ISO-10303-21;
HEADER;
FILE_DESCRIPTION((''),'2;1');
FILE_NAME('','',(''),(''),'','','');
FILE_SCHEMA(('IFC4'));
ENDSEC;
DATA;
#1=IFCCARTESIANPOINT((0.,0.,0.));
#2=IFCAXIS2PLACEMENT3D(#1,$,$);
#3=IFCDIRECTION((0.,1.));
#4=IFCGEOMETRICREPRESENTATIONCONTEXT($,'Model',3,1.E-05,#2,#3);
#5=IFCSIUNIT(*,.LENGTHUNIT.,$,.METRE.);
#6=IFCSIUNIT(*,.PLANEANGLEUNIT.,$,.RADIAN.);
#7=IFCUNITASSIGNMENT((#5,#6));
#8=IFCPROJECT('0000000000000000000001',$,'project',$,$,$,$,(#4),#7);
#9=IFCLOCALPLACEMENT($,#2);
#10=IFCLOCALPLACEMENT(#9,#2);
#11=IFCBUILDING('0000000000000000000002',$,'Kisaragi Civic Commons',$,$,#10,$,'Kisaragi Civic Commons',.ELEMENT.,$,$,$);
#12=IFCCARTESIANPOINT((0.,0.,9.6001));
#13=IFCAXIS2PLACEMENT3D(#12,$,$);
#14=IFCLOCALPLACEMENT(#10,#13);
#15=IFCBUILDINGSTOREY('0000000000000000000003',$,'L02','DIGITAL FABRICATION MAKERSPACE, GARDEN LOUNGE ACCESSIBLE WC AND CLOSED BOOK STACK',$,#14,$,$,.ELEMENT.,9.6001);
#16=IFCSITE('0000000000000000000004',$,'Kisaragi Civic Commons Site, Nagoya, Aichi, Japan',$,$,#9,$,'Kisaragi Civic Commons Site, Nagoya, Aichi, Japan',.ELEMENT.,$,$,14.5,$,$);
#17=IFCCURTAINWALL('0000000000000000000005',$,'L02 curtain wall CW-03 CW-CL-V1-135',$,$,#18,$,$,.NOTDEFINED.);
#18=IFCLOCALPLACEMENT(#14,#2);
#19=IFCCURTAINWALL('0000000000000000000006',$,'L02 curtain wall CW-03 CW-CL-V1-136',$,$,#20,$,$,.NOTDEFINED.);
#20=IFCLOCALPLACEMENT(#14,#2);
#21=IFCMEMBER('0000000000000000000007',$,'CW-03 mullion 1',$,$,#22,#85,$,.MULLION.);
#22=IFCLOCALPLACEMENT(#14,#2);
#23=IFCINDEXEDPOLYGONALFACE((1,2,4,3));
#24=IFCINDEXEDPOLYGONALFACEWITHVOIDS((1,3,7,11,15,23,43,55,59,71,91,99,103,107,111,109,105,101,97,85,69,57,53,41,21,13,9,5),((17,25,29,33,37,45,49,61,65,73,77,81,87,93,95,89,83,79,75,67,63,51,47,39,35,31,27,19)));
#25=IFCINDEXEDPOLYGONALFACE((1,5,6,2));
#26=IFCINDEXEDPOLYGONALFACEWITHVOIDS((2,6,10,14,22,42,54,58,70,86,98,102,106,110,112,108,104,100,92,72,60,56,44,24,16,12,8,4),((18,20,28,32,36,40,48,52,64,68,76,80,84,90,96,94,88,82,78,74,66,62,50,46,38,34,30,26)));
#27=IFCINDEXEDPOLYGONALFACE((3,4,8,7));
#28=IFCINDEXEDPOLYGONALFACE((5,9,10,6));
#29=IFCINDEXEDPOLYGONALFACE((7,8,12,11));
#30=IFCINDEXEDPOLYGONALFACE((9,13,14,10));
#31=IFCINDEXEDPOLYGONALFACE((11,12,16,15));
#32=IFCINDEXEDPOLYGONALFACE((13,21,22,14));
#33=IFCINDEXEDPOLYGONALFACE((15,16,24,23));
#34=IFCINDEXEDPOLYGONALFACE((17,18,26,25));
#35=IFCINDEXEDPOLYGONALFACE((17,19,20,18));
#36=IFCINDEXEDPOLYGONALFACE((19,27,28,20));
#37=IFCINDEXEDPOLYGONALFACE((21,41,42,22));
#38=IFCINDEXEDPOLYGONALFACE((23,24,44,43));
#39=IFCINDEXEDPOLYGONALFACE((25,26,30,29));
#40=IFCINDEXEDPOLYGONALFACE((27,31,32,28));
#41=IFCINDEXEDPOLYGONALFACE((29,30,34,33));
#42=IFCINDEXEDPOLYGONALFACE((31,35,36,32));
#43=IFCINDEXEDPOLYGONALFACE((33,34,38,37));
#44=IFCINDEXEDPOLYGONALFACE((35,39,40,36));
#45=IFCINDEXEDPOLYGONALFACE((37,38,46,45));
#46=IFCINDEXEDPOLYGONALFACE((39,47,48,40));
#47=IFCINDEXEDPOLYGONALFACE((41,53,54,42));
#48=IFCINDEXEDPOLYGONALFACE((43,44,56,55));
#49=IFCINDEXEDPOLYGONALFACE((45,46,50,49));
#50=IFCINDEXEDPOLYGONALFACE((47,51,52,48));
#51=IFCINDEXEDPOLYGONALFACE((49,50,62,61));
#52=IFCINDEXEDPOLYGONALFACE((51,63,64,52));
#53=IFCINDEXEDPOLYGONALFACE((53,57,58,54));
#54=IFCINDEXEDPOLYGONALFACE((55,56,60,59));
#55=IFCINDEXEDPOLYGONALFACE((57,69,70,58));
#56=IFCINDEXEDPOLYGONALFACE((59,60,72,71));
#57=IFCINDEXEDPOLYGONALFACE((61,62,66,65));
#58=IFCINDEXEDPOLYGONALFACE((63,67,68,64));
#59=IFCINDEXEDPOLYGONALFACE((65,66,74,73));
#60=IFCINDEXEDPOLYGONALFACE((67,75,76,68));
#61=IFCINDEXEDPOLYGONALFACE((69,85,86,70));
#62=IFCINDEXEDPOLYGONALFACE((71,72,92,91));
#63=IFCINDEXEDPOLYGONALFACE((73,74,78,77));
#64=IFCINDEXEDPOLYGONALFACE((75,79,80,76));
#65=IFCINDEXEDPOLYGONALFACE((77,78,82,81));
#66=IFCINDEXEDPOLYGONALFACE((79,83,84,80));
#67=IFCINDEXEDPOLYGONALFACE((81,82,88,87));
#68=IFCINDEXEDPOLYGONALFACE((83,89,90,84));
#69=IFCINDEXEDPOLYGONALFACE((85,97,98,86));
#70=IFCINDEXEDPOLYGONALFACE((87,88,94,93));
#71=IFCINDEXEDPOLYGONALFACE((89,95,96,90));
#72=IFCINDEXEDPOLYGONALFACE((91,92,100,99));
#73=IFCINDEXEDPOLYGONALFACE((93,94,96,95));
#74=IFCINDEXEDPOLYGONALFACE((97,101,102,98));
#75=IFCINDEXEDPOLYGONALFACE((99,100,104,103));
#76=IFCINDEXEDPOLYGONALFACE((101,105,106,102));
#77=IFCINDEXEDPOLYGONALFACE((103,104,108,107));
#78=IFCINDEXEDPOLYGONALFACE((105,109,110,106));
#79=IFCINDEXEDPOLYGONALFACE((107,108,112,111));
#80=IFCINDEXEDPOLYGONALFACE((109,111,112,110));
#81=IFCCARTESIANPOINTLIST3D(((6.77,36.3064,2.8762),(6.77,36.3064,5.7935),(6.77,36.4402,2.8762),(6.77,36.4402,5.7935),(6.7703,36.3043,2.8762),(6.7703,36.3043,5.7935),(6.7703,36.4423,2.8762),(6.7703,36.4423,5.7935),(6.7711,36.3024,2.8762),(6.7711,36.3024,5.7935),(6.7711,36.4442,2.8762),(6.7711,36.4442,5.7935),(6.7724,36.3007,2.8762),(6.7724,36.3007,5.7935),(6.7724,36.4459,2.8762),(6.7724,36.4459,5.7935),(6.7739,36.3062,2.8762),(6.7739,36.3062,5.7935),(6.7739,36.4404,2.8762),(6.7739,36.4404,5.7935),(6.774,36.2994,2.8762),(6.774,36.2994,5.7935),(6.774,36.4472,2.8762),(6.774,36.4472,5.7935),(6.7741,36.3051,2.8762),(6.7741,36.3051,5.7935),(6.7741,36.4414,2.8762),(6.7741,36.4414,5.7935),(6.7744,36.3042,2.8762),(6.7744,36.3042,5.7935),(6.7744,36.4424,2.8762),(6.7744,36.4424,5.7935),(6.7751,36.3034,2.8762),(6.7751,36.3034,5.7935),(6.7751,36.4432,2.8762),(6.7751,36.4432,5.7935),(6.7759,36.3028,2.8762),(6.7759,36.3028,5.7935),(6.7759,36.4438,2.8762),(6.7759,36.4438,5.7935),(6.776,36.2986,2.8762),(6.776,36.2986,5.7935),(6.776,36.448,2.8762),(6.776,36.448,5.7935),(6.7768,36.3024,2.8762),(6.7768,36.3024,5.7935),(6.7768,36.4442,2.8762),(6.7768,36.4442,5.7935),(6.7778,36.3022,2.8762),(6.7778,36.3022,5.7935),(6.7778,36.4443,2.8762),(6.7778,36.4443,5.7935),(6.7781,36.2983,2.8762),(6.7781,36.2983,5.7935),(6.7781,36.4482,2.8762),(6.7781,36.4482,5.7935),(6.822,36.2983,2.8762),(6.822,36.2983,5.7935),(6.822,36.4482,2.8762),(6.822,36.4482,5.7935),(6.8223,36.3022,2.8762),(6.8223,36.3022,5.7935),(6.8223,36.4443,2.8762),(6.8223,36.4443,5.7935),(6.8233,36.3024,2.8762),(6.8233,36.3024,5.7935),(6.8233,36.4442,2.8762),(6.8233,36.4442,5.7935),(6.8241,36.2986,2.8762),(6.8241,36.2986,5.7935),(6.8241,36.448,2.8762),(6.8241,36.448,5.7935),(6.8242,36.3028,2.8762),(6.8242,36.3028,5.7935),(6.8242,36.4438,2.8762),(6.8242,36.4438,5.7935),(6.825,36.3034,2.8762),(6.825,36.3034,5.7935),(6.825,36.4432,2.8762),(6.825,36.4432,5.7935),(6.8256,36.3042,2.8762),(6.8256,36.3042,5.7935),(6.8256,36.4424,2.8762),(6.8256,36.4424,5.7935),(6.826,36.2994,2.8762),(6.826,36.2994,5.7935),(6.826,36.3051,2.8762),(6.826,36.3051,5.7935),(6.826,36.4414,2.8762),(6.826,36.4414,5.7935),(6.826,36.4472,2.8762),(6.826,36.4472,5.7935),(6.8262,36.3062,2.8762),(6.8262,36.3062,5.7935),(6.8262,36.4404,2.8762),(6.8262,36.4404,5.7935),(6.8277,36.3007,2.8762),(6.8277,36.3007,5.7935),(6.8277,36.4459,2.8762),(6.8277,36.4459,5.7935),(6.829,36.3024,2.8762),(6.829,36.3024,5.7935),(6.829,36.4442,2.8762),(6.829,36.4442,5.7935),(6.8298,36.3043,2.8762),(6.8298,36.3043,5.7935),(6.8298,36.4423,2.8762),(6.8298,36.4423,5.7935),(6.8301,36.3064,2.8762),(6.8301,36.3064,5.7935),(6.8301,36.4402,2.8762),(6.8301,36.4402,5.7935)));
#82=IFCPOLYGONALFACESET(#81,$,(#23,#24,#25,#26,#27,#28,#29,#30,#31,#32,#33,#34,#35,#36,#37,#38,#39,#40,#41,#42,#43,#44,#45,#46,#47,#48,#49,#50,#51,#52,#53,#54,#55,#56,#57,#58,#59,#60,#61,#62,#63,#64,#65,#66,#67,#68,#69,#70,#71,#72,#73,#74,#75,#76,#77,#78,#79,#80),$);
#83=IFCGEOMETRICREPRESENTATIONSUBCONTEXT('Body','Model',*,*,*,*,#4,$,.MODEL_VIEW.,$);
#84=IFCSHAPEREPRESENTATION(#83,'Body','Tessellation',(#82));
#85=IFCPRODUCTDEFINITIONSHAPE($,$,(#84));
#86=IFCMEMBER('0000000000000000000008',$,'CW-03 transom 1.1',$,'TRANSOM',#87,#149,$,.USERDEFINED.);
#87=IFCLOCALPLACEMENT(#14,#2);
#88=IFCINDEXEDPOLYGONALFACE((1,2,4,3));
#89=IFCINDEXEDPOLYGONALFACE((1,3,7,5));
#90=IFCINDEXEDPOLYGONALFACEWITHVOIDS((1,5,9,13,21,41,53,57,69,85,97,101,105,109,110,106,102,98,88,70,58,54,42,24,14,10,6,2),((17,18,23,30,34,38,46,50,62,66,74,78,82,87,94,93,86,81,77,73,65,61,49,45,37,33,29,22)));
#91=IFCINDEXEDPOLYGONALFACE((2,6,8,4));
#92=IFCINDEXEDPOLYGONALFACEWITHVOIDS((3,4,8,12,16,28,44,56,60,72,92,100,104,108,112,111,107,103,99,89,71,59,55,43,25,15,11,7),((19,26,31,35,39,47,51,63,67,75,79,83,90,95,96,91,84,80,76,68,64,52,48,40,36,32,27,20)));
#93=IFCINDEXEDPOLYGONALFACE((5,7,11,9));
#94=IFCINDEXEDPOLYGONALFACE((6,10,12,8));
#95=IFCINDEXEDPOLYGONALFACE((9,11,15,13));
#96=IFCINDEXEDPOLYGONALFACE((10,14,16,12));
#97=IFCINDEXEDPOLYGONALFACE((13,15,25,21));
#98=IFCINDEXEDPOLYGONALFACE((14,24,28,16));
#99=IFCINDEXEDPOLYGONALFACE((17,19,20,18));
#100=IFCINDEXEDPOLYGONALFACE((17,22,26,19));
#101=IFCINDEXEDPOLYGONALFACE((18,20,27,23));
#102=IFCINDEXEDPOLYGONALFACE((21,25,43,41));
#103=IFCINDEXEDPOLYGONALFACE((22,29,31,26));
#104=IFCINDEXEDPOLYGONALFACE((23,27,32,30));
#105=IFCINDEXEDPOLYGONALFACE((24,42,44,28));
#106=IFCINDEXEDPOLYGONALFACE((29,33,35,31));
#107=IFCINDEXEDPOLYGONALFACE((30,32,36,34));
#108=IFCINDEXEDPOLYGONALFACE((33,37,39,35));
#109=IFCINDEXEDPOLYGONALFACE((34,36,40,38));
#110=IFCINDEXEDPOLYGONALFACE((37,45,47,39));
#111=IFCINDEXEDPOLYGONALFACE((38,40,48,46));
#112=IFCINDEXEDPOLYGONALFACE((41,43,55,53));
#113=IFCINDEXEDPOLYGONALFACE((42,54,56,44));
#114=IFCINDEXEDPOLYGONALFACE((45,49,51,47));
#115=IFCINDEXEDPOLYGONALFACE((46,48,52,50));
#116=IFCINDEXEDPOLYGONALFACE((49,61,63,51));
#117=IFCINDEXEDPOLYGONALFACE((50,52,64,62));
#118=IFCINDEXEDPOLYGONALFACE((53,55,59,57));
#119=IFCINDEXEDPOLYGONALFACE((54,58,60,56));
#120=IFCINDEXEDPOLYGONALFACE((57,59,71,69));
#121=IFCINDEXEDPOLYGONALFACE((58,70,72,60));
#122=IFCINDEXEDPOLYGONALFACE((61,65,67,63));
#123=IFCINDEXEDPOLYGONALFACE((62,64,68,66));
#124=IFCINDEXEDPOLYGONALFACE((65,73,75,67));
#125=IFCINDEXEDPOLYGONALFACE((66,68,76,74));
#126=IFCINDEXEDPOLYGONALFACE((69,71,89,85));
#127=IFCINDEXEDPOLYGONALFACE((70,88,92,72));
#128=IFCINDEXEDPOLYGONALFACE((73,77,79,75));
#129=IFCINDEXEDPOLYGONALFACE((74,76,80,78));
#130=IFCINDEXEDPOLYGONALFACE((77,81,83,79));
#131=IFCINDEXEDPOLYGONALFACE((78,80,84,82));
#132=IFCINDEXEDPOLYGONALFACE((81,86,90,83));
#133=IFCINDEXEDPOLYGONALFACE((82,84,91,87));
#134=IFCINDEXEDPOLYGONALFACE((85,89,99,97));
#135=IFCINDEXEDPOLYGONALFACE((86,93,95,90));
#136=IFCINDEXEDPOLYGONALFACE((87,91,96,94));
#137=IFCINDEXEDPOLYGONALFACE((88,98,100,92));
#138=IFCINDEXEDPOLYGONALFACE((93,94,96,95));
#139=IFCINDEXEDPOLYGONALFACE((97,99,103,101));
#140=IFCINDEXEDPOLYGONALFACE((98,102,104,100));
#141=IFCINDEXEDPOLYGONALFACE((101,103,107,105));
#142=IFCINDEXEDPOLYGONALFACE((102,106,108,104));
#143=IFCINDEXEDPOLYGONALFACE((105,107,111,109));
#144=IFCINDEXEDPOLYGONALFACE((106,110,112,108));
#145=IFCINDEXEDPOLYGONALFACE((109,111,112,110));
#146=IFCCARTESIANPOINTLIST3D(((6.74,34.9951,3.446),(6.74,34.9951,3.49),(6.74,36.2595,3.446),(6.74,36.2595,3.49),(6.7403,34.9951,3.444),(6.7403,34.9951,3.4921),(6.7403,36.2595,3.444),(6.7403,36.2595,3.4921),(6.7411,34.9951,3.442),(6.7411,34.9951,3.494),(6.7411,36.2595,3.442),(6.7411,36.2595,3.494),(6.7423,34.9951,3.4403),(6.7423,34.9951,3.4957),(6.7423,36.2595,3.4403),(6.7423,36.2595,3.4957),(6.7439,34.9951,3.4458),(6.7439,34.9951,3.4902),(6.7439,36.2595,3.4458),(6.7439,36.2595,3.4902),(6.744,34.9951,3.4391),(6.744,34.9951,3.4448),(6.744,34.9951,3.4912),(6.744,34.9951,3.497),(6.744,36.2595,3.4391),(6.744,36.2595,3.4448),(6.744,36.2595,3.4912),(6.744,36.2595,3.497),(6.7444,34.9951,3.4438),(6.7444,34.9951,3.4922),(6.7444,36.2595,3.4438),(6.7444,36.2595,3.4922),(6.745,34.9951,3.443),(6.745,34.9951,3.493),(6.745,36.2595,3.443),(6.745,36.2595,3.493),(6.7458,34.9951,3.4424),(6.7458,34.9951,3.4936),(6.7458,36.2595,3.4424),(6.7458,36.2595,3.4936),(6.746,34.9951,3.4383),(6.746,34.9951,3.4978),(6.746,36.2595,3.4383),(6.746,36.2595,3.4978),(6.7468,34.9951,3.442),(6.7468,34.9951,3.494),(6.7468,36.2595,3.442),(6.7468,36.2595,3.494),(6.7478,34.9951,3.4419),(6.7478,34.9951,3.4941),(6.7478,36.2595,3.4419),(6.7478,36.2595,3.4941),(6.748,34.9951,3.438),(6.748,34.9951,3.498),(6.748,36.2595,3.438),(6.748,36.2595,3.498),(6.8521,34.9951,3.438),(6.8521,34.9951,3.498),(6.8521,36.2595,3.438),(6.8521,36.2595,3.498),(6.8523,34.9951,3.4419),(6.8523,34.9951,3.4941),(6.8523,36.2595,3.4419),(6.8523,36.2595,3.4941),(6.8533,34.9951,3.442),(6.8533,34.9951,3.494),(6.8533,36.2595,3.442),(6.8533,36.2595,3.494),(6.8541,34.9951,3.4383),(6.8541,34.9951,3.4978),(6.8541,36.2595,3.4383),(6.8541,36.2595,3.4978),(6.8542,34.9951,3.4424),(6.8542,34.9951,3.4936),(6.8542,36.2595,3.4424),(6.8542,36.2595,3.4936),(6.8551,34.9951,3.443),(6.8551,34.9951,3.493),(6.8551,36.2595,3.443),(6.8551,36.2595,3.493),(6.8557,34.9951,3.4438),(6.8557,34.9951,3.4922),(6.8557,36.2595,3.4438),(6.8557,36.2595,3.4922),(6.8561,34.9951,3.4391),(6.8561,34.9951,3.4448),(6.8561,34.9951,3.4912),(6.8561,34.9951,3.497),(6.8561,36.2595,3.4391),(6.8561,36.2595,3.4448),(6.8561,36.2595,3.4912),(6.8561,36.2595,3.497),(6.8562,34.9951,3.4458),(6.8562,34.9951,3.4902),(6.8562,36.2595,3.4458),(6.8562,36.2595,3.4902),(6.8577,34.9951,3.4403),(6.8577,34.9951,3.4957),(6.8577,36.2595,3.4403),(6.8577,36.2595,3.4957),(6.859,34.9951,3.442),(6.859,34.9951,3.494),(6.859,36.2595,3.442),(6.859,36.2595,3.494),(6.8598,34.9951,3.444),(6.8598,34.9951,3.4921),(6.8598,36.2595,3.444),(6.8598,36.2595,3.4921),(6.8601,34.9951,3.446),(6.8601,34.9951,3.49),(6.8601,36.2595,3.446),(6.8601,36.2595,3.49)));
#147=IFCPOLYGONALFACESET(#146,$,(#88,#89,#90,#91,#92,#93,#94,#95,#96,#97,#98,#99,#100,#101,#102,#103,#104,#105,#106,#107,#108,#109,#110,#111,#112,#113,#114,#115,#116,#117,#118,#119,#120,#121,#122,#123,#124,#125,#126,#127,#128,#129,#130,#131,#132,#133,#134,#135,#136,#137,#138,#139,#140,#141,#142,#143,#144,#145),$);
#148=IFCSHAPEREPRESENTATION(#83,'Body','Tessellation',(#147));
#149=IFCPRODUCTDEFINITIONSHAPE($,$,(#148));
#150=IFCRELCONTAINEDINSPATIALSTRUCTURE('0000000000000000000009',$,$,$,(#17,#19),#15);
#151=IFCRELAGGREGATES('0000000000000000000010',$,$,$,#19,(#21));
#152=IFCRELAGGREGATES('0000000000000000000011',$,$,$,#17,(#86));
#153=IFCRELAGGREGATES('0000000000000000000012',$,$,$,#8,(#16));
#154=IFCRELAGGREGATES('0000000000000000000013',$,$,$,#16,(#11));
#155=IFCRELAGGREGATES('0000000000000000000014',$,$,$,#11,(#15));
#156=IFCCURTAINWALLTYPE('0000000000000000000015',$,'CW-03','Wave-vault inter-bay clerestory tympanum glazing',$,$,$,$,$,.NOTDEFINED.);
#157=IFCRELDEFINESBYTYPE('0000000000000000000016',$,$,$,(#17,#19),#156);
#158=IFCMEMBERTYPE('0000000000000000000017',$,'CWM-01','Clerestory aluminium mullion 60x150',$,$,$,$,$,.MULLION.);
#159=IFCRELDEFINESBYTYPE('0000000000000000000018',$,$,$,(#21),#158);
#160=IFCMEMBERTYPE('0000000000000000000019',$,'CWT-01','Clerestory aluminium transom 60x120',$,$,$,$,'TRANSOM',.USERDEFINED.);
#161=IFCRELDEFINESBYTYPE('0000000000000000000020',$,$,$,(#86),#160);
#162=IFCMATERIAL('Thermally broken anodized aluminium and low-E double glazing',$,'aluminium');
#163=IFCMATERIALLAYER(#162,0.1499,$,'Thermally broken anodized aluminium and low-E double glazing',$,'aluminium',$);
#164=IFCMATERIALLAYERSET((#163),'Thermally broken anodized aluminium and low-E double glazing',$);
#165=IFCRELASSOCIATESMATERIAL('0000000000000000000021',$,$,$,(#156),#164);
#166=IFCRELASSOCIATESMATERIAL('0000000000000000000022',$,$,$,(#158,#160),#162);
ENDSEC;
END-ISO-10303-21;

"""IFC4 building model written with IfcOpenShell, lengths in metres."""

from ifc_helpers import new_model, si_unit, direction, frame, origin, origin_2d, place, context, subcontext, project, spatial, hollow_rectangle, extrude, material, layer, layer_set, material_profile, profile_set, type_object, element, aggregate, save


model = new_model("IFC4")

# Units and contexts
model_context = context("Model", 3, precision=1e-05, world=origin(), true_north=direction((0.0, 1.0)))
body_context = subcontext(model_context, "Body", "Model", "MODEL_VIEW")
ifc_project = project(units=[si_unit("LENGTHUNIT", "METRE"), si_unit("PLANEANGLEUNIT", "RADIAN")], contexts=[model_context])

# Site, building, storey
site_placement = place(None, origin())
site = spatial("IfcSite", under=ifc_project, at=site_placement, Name="Kisaragi Civic Commons Site, Nagoya, Aichi, Japan", LongName="Kisaragi Civic Commons Site, Nagoya, Aichi, Japan", CompositionType="ELEMENT", RefElevation=14.5)
building_placement = place(site_placement, origin())
building = spatial("IfcBuilding", under=site, at=building_placement, Name="Kisaragi Civic Commons", LongName="Kisaragi Civic Commons", CompositionType="ELEMENT")
storey_placement = place(building_placement, frame((0.0, 0.0, 9.6001)))
storey = spatial("IfcBuildingStorey", under=building, at=storey_placement, Name="L02", Description="DIGITAL FABRICATION MAKERSPACE, GARDEN LOUNGE ACCESSIBLE WC AND CLOSED BOOK STACK", CompositionType="ELEMENT", Elevation=9.6001)

# Shared definitions
ifc_material_1 = material(Name="Thermally broken anodized aluminium and low-E double glazing", Category="aluminium")
ifc_layer_1 = layer(ifc_material_1, 0.1499, Name="Thermally broken anodized aluminium and low-E double glazing", Category="aluminium")
ifc_layer_set_1 = layer_set([ifc_layer_1], Name="Thermally broken anodized aluminium and low-E double glazing")
curtain_wall_type = type_object("IfcCurtainWallType", Name="CW-03", Description="Wave-vault inter-bay clerestory tympanum glazing", PredefinedType="NOTDEFINED", material=ifc_layer_set_1)
ifc_material_profile_1 = material_profile(ifc_material_1, hollow_rectangle(XDim=0.0601, YDim=0.1499, WallThickness=0.0039, InnerFilletRadius=0.0039, OuterFilletRadius=0.0081, at=origin_2d()), Name="CWM-60x150x4", Category="aluminium")
ifc_profile_set_1 = profile_set([ifc_material_profile_1], Name="Thermally broken anodized aluminium and low-E double glazing")
member_type_1 = type_object("IfcMemberType", Name="CWM-01", Description="Clerestory aluminium mullion 60x150", PredefinedType="MULLION", material=ifc_profile_set_1)

# Curtain wall
curtain_wall_1_placement = place(storey_placement, origin())
curtain_wall_1 = element("IfcCurtainWall", 1, at=curtain_wall_1_placement, inside=storey, type_object=curtain_wall_type, Name="L02 curtain wall CW-03 CW-CL-V1-135", PredefinedType="NOTDEFINED")

# Curtain wall, member
curtain_wall_2_placement = place(storey_placement, origin())
curtain_wall_2 = element("IfcCurtainWall", 2, at=curtain_wall_2_placement, inside=storey, type_object=curtain_wall_type, Name="L02 curtain wall CW-03 CW-CL-V1-136", PredefinedType="NOTDEFINED")
member_1_placement = place(storey_placement, frame((6.8, 36.3733, 2.8762), z_axis=(0.0, 0.0, 1.0), x_axis=(-1.0, 0.0, 0.0)))
member_1 = element("IfcMember", 3, at=member_1_placement, type_object=member_type_1, Name="CW-03 mullion 1", PredefinedType="MULLION", context=body_context, shape_type="SweptSolid", body=[
    extrude(hollow_rectangle(XDim=0.0601, YDim=0.1499, WallThickness=0.0039, InnerFilletRadius=0.0039, OuterFilletRadius=0.0081, at=origin_2d()), origin(), (0.0, 0.0, 1.0), 2.9172),
])

# Member
ifc_material_profile_2 = material_profile(ifc_material_1, hollow_rectangle(XDim=0.1201, YDim=0.0601, WallThickness=0.0039, InnerFilletRadius=0.0039, OuterFilletRadius=0.0081, at=origin_2d()), Name="CWT-60x120x4", Category="aluminium")
ifc_profile_set_2 = profile_set([ifc_material_profile_2], Name="Thermally broken anodized aluminium and low-E double glazing")
member_type_2 = type_object("IfcMemberType", Name="CWT-01", Description="Clerestory aluminium transom 60x120", ElementType="TRANSOM", PredefinedType="USERDEFINED", material=ifc_profile_set_2)
member_2_placement = place(storey_placement, frame((6.8, 34.9951, 3.468), z_axis=(0.0, 1.0, 0.0), x_axis=(-1.0, 0.0, 0.0)))
member_2 = element("IfcMember", 4, at=member_2_placement, type_object=member_type_2, Name="CW-03 transom 1.1", ObjectType="TRANSOM", PredefinedType="USERDEFINED", context=body_context, shape_type="SweptSolid", body=[
    extrude(hollow_rectangle(XDim=0.1201, YDim=0.0601, WallThickness=0.0039, InnerFilletRadius=0.0039, OuterFilletRadius=0.0081, at=origin_2d()), origin(), (0.0, 0.0, 1.0), 1.2644),
])
aggregate(curtain_wall_2, [member_1])

aggregate(curtain_wall_1, [member_2])

save(model, "model.ifc")
